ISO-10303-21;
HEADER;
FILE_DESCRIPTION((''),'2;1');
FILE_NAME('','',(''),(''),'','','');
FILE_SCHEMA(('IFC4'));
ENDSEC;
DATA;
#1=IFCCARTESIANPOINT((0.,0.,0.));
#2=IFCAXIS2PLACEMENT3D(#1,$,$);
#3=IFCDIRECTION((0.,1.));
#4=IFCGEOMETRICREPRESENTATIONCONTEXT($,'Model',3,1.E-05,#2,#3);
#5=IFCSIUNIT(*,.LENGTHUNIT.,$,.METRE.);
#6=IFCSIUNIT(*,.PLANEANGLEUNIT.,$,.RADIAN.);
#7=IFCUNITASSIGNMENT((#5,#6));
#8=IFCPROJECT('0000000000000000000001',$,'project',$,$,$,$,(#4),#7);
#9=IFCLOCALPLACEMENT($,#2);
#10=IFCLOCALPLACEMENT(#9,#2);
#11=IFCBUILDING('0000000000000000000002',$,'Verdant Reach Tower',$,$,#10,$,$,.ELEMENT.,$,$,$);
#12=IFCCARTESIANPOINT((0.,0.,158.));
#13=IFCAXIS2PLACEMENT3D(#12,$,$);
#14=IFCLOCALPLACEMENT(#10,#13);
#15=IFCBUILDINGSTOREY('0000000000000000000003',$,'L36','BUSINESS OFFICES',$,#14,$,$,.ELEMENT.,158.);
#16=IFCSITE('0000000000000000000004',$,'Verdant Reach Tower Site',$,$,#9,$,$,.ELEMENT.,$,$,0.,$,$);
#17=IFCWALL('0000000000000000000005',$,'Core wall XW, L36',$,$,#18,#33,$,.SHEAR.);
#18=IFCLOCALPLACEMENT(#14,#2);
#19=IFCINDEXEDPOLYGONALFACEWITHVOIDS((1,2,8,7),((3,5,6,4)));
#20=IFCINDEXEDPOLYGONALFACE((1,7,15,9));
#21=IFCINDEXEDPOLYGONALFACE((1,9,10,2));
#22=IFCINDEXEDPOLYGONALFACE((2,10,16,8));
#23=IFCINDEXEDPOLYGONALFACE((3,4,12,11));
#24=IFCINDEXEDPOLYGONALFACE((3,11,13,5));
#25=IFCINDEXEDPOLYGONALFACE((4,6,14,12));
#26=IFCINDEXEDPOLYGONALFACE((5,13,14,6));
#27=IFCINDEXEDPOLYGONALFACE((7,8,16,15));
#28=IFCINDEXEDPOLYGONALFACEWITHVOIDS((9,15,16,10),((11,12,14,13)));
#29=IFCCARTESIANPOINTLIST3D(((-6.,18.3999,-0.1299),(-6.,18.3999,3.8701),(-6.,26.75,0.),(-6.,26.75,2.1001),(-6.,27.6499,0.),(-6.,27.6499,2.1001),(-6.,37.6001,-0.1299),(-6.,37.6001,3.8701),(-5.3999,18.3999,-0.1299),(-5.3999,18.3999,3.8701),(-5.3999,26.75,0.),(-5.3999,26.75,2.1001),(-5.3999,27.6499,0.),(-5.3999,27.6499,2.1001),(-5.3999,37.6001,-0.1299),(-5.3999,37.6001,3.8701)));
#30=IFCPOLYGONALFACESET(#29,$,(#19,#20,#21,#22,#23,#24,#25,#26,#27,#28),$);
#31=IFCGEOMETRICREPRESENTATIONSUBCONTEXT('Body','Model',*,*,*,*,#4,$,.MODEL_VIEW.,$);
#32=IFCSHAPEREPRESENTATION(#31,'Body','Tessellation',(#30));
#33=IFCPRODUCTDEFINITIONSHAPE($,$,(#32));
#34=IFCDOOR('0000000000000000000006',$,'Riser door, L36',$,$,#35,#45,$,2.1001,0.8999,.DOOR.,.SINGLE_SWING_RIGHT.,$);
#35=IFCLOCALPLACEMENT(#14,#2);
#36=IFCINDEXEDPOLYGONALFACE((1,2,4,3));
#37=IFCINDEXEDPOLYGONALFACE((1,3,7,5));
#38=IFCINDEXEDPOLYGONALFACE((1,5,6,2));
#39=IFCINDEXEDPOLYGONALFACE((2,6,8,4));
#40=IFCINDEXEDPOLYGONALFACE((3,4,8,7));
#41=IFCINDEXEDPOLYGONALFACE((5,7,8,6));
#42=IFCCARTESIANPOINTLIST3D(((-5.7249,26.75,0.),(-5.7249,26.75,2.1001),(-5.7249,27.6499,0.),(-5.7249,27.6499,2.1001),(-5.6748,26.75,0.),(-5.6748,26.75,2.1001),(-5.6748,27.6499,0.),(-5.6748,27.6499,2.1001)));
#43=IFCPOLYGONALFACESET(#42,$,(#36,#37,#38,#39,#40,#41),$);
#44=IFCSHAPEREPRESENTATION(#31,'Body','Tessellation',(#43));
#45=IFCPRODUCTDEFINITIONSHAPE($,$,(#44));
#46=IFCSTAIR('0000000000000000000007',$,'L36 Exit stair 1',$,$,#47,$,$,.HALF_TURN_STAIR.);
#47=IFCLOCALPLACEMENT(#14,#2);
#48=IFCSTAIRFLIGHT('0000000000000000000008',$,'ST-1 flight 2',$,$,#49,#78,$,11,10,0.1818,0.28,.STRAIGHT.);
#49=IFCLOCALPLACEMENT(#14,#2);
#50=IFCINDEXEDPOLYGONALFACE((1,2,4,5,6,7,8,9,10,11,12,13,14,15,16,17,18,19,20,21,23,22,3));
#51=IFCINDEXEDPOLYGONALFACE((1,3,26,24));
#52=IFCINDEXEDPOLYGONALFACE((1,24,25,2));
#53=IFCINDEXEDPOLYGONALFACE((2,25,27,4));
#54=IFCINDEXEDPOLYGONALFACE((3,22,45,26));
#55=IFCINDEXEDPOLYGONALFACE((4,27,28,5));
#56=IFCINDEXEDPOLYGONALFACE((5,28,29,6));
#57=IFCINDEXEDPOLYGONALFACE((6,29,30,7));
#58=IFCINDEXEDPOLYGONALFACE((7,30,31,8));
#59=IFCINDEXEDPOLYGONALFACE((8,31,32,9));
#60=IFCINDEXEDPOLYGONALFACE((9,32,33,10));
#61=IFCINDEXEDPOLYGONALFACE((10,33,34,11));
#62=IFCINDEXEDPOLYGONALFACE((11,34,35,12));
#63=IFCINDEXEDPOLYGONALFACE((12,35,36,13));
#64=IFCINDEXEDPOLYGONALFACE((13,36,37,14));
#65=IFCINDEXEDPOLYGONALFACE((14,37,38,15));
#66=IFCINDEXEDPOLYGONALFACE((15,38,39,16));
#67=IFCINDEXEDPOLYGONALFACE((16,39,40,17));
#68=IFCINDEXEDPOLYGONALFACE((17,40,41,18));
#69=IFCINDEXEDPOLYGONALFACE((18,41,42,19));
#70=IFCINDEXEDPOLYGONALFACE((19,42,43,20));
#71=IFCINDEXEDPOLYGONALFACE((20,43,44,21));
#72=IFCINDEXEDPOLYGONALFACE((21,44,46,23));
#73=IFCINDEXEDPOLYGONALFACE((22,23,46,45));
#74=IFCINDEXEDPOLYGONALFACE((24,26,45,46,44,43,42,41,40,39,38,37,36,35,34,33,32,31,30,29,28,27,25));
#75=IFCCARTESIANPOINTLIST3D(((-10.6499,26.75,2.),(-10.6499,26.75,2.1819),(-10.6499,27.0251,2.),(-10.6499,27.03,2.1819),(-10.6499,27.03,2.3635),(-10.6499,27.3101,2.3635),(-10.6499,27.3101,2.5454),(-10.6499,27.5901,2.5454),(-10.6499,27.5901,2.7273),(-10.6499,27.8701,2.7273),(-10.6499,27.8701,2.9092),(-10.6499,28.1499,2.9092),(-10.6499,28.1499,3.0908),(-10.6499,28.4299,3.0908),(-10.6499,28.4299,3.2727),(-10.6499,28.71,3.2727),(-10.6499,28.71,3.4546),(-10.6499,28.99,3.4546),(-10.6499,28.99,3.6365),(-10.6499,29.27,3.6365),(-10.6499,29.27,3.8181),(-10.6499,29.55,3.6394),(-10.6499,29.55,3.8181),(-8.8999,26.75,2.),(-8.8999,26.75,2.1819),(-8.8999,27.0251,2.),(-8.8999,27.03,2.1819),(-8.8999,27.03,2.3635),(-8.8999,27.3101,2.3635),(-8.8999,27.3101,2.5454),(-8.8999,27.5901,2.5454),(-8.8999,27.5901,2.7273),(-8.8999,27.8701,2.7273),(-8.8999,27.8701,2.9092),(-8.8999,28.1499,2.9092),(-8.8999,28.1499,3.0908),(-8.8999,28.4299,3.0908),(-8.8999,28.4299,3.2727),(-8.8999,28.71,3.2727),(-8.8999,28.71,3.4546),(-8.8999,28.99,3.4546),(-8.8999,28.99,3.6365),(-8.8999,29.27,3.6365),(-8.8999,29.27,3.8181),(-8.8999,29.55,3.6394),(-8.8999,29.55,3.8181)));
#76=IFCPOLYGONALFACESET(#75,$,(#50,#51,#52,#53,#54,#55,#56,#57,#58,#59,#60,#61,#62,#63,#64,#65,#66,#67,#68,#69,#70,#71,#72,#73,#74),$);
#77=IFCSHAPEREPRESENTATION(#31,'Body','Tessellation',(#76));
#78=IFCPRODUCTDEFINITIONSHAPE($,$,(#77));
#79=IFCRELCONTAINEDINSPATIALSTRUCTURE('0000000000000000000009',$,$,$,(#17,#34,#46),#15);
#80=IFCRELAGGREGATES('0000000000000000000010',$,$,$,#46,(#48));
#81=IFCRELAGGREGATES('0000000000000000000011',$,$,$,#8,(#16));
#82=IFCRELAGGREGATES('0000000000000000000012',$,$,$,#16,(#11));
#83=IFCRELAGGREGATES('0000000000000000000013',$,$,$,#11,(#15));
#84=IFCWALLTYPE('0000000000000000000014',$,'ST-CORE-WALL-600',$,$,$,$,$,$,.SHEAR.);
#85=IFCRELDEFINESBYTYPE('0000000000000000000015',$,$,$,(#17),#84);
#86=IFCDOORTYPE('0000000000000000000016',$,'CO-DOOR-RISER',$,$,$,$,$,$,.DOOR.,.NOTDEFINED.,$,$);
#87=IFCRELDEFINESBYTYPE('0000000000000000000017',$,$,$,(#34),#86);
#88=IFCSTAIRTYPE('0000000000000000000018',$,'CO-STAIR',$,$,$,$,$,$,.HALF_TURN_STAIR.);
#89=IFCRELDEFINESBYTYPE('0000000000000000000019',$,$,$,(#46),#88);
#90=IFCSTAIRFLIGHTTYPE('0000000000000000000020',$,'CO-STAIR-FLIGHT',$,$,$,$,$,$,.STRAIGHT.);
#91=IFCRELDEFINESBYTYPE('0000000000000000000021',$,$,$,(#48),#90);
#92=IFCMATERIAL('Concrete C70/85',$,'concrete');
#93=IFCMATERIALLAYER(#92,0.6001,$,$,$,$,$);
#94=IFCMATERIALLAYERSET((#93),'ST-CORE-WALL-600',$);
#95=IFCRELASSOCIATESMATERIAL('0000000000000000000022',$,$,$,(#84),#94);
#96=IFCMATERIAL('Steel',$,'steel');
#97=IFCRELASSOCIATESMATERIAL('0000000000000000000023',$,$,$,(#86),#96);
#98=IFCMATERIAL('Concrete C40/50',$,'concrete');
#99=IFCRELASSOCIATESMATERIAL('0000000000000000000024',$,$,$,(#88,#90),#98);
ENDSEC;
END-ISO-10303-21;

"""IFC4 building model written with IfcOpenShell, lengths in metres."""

from ifc_helpers import new_model, si_unit, direction, frame, frame_2d, origin, place, context, subcontext, project, spatial, polyline, rectangle, outline, extrude, material, layer, layer_set, type_object, element, fill, aggregate, save


model = new_model("IFC4")

# Units and contexts
model_context = context("Model", 3, precision=1e-05, world=origin(), true_north=direction((0.0, 1.0)))
body_context = subcontext(model_context, "Body", "Model", "MODEL_VIEW")
ifc_project = project(units=[si_unit("LENGTHUNIT", "METRE"), si_unit("PLANEANGLEUNIT", "RADIAN")], contexts=[model_context])

# Site, building, storey
site_placement = place(None, origin())
site = spatial("IfcSite", under=ifc_project, at=site_placement, Name="Verdant Reach Tower Site", CompositionType="ELEMENT", RefElevation=0.0)
building_placement = place(site_placement, origin())
building = spatial("IfcBuilding", under=site, at=building_placement, Name="Verdant Reach Tower", CompositionType="ELEMENT")
storey_placement = place(building_placement, frame((0.0, 0.0, 158.0)))
storey = spatial("IfcBuildingStorey", under=building, at=storey_placement, Name="L36", Description="BUSINESS OFFICES", CompositionType="ELEMENT", Elevation=158.0)

# Shared definitions
ifc_material_1 = material(Name="Concrete C40/50", Category="concrete")

# Wall, opening, door
ifc_material_2 = material(Name="Concrete C70/85", Category="concrete")
ifc_layer_1 = layer(ifc_material_2, 0.6001)
ifc_layer_set_1 = layer_set([ifc_layer_1], Name="ST-CORE-WALL-600")
wall_type_1 = type_object("IfcWallType", Name="ST-CORE-WALL-600", PredefinedType="SHEAR", material=ifc_layer_set_1)
wall_1_placement = place(storey_placement, frame((-5.7, 18.3999, -0.1299), z_axis=(0.0, 0.0, 1.0), x_axis=(0.0, 1.0, 0.0)))
wall_1 = element("IfcWall", 1, at=wall_1_placement, inside=storey, type_object=wall_type_1, Name="Core wall XW, L36", PredefinedType="SHEAR", context=body_context, shape_type="SweptSolid", body=[
    extrude(rectangle(XDim=19.2002, YDim=0.6001, at=frame_2d((9.6001, 0.0))), origin(), (0.0, 0.0, 1.0), 4.0),
])
opening_1_placement = place(wall_1_placement, frame((8.3501, 0.0, 0.1299)))
opening_1 = element("IfcOpeningElement", 2, at=opening_1_placement, cuts=wall_1, PredefinedType="OPENING", context=body_context, shape_type="SweptSolid", body=[
    extrude(rectangle(XDim=0.8999, YDim=2.1001, at=frame_2d((0.45, 1.05))), frame((0.0, 0.3101, 0.0), z_axis=(0.0, -1.0, 0.0), x_axis=(1.0, 0.0, 0.0)), (0.0, 0.0, 1.0), 0.6201),
])
ifc_material_3 = material(Name="Steel", Category="steel")
door_type_1 = type_object("IfcDoorType", Name="CO-DOOR-RISER", OperationType="NOTDEFINED", PredefinedType="DOOR", material=ifc_material_3)
door_1_placement = place(opening_1_placement, origin())
door_1 = element("IfcDoor", 3, at=door_1_placement, inside=storey, type_object=door_type_1, Name="Riser door, L36", OperationType="SINGLE_SWING_RIGHT", OverallHeight=2.1001, OverallWidth=0.8999, PredefinedType="DOOR", context=body_context, shape_type="SweptSolid", body=[
    extrude(rectangle(XDim=0.8999, YDim=2.1001, at=frame_2d((0.45, 1.05))), frame((0.0, 0.0249, 0.0), z_axis=(0.0, -1.0, 0.0), x_axis=(1.0, 0.0, 0.0)), (0.0, 0.0, 1.0), 0.05),
])
fill(opening_1, door_1)

# Stair, stair flight
stair_type = type_object("IfcStairType", Name="CO-STAIR", PredefinedType="HALF_TURN_STAIR", material=ifc_material_1)
stair_placement = place(storey_placement, origin())
stair = element("IfcStair", 4, at=stair_placement, inside=storey, type_object=stair_type, Name="L36 Exit stair 1", PredefinedType="HALF_TURN_STAIR")
stair_flight_type = type_object("IfcStairFlightType", Name="CO-STAIR-FLIGHT", PredefinedType="STRAIGHT", material=ifc_material_1)
stair_flight_placement = place(storey_placement, frame((-9.7749, 26.75, 2.0), z_axis=(0.0, 0.0, 1.0), x_axis=(0.0, 1.0, 0.0)))
stair_flight = element("IfcStairFlight", 5, at=stair_flight_placement, type_object=stair_flight_type, Name="ST-1 flight 2", NumberOfRisers=11, NumberOfTreads=10, PredefinedType="STRAIGHT", RiserHeight=0.1818, TreadLength=0.28, context=body_context, shape_type="SweptSolid", body=[
    extrude(outline(polyline([(0.0, 0.0), (0.0, 0.1819), (0.28, 0.1819), (0.28, 0.3635), (0.5601, 0.3635), (0.5601, 0.5454), (0.8401, 0.5454), (0.8401, 0.7273), (1.1201, 0.7273), (1.1201, 0.9092), (1.3999, 0.9092), (1.3999, 1.0908), (1.6799, 1.0908), (1.6799, 1.2727), (1.96, 1.2727), (1.96, 1.4546), (2.24, 1.4546), (2.24, 1.6365), (2.52, 1.6365), (2.52, 1.8181), (2.8, 1.8181), (2.8, 2.0), (2.8, 1.6394), (0.2751, 0.0), (0.0, 0.0)])), frame((0.0, 0.875, 0.0), z_axis=(0.0, -1.0, 0.0), x_axis=(1.0, 0.0, 0.0)), (0.0, 0.0, 1.0), 1.75),
])
aggregate(stair, [stair_flight])

save(model, "model.ifc")
